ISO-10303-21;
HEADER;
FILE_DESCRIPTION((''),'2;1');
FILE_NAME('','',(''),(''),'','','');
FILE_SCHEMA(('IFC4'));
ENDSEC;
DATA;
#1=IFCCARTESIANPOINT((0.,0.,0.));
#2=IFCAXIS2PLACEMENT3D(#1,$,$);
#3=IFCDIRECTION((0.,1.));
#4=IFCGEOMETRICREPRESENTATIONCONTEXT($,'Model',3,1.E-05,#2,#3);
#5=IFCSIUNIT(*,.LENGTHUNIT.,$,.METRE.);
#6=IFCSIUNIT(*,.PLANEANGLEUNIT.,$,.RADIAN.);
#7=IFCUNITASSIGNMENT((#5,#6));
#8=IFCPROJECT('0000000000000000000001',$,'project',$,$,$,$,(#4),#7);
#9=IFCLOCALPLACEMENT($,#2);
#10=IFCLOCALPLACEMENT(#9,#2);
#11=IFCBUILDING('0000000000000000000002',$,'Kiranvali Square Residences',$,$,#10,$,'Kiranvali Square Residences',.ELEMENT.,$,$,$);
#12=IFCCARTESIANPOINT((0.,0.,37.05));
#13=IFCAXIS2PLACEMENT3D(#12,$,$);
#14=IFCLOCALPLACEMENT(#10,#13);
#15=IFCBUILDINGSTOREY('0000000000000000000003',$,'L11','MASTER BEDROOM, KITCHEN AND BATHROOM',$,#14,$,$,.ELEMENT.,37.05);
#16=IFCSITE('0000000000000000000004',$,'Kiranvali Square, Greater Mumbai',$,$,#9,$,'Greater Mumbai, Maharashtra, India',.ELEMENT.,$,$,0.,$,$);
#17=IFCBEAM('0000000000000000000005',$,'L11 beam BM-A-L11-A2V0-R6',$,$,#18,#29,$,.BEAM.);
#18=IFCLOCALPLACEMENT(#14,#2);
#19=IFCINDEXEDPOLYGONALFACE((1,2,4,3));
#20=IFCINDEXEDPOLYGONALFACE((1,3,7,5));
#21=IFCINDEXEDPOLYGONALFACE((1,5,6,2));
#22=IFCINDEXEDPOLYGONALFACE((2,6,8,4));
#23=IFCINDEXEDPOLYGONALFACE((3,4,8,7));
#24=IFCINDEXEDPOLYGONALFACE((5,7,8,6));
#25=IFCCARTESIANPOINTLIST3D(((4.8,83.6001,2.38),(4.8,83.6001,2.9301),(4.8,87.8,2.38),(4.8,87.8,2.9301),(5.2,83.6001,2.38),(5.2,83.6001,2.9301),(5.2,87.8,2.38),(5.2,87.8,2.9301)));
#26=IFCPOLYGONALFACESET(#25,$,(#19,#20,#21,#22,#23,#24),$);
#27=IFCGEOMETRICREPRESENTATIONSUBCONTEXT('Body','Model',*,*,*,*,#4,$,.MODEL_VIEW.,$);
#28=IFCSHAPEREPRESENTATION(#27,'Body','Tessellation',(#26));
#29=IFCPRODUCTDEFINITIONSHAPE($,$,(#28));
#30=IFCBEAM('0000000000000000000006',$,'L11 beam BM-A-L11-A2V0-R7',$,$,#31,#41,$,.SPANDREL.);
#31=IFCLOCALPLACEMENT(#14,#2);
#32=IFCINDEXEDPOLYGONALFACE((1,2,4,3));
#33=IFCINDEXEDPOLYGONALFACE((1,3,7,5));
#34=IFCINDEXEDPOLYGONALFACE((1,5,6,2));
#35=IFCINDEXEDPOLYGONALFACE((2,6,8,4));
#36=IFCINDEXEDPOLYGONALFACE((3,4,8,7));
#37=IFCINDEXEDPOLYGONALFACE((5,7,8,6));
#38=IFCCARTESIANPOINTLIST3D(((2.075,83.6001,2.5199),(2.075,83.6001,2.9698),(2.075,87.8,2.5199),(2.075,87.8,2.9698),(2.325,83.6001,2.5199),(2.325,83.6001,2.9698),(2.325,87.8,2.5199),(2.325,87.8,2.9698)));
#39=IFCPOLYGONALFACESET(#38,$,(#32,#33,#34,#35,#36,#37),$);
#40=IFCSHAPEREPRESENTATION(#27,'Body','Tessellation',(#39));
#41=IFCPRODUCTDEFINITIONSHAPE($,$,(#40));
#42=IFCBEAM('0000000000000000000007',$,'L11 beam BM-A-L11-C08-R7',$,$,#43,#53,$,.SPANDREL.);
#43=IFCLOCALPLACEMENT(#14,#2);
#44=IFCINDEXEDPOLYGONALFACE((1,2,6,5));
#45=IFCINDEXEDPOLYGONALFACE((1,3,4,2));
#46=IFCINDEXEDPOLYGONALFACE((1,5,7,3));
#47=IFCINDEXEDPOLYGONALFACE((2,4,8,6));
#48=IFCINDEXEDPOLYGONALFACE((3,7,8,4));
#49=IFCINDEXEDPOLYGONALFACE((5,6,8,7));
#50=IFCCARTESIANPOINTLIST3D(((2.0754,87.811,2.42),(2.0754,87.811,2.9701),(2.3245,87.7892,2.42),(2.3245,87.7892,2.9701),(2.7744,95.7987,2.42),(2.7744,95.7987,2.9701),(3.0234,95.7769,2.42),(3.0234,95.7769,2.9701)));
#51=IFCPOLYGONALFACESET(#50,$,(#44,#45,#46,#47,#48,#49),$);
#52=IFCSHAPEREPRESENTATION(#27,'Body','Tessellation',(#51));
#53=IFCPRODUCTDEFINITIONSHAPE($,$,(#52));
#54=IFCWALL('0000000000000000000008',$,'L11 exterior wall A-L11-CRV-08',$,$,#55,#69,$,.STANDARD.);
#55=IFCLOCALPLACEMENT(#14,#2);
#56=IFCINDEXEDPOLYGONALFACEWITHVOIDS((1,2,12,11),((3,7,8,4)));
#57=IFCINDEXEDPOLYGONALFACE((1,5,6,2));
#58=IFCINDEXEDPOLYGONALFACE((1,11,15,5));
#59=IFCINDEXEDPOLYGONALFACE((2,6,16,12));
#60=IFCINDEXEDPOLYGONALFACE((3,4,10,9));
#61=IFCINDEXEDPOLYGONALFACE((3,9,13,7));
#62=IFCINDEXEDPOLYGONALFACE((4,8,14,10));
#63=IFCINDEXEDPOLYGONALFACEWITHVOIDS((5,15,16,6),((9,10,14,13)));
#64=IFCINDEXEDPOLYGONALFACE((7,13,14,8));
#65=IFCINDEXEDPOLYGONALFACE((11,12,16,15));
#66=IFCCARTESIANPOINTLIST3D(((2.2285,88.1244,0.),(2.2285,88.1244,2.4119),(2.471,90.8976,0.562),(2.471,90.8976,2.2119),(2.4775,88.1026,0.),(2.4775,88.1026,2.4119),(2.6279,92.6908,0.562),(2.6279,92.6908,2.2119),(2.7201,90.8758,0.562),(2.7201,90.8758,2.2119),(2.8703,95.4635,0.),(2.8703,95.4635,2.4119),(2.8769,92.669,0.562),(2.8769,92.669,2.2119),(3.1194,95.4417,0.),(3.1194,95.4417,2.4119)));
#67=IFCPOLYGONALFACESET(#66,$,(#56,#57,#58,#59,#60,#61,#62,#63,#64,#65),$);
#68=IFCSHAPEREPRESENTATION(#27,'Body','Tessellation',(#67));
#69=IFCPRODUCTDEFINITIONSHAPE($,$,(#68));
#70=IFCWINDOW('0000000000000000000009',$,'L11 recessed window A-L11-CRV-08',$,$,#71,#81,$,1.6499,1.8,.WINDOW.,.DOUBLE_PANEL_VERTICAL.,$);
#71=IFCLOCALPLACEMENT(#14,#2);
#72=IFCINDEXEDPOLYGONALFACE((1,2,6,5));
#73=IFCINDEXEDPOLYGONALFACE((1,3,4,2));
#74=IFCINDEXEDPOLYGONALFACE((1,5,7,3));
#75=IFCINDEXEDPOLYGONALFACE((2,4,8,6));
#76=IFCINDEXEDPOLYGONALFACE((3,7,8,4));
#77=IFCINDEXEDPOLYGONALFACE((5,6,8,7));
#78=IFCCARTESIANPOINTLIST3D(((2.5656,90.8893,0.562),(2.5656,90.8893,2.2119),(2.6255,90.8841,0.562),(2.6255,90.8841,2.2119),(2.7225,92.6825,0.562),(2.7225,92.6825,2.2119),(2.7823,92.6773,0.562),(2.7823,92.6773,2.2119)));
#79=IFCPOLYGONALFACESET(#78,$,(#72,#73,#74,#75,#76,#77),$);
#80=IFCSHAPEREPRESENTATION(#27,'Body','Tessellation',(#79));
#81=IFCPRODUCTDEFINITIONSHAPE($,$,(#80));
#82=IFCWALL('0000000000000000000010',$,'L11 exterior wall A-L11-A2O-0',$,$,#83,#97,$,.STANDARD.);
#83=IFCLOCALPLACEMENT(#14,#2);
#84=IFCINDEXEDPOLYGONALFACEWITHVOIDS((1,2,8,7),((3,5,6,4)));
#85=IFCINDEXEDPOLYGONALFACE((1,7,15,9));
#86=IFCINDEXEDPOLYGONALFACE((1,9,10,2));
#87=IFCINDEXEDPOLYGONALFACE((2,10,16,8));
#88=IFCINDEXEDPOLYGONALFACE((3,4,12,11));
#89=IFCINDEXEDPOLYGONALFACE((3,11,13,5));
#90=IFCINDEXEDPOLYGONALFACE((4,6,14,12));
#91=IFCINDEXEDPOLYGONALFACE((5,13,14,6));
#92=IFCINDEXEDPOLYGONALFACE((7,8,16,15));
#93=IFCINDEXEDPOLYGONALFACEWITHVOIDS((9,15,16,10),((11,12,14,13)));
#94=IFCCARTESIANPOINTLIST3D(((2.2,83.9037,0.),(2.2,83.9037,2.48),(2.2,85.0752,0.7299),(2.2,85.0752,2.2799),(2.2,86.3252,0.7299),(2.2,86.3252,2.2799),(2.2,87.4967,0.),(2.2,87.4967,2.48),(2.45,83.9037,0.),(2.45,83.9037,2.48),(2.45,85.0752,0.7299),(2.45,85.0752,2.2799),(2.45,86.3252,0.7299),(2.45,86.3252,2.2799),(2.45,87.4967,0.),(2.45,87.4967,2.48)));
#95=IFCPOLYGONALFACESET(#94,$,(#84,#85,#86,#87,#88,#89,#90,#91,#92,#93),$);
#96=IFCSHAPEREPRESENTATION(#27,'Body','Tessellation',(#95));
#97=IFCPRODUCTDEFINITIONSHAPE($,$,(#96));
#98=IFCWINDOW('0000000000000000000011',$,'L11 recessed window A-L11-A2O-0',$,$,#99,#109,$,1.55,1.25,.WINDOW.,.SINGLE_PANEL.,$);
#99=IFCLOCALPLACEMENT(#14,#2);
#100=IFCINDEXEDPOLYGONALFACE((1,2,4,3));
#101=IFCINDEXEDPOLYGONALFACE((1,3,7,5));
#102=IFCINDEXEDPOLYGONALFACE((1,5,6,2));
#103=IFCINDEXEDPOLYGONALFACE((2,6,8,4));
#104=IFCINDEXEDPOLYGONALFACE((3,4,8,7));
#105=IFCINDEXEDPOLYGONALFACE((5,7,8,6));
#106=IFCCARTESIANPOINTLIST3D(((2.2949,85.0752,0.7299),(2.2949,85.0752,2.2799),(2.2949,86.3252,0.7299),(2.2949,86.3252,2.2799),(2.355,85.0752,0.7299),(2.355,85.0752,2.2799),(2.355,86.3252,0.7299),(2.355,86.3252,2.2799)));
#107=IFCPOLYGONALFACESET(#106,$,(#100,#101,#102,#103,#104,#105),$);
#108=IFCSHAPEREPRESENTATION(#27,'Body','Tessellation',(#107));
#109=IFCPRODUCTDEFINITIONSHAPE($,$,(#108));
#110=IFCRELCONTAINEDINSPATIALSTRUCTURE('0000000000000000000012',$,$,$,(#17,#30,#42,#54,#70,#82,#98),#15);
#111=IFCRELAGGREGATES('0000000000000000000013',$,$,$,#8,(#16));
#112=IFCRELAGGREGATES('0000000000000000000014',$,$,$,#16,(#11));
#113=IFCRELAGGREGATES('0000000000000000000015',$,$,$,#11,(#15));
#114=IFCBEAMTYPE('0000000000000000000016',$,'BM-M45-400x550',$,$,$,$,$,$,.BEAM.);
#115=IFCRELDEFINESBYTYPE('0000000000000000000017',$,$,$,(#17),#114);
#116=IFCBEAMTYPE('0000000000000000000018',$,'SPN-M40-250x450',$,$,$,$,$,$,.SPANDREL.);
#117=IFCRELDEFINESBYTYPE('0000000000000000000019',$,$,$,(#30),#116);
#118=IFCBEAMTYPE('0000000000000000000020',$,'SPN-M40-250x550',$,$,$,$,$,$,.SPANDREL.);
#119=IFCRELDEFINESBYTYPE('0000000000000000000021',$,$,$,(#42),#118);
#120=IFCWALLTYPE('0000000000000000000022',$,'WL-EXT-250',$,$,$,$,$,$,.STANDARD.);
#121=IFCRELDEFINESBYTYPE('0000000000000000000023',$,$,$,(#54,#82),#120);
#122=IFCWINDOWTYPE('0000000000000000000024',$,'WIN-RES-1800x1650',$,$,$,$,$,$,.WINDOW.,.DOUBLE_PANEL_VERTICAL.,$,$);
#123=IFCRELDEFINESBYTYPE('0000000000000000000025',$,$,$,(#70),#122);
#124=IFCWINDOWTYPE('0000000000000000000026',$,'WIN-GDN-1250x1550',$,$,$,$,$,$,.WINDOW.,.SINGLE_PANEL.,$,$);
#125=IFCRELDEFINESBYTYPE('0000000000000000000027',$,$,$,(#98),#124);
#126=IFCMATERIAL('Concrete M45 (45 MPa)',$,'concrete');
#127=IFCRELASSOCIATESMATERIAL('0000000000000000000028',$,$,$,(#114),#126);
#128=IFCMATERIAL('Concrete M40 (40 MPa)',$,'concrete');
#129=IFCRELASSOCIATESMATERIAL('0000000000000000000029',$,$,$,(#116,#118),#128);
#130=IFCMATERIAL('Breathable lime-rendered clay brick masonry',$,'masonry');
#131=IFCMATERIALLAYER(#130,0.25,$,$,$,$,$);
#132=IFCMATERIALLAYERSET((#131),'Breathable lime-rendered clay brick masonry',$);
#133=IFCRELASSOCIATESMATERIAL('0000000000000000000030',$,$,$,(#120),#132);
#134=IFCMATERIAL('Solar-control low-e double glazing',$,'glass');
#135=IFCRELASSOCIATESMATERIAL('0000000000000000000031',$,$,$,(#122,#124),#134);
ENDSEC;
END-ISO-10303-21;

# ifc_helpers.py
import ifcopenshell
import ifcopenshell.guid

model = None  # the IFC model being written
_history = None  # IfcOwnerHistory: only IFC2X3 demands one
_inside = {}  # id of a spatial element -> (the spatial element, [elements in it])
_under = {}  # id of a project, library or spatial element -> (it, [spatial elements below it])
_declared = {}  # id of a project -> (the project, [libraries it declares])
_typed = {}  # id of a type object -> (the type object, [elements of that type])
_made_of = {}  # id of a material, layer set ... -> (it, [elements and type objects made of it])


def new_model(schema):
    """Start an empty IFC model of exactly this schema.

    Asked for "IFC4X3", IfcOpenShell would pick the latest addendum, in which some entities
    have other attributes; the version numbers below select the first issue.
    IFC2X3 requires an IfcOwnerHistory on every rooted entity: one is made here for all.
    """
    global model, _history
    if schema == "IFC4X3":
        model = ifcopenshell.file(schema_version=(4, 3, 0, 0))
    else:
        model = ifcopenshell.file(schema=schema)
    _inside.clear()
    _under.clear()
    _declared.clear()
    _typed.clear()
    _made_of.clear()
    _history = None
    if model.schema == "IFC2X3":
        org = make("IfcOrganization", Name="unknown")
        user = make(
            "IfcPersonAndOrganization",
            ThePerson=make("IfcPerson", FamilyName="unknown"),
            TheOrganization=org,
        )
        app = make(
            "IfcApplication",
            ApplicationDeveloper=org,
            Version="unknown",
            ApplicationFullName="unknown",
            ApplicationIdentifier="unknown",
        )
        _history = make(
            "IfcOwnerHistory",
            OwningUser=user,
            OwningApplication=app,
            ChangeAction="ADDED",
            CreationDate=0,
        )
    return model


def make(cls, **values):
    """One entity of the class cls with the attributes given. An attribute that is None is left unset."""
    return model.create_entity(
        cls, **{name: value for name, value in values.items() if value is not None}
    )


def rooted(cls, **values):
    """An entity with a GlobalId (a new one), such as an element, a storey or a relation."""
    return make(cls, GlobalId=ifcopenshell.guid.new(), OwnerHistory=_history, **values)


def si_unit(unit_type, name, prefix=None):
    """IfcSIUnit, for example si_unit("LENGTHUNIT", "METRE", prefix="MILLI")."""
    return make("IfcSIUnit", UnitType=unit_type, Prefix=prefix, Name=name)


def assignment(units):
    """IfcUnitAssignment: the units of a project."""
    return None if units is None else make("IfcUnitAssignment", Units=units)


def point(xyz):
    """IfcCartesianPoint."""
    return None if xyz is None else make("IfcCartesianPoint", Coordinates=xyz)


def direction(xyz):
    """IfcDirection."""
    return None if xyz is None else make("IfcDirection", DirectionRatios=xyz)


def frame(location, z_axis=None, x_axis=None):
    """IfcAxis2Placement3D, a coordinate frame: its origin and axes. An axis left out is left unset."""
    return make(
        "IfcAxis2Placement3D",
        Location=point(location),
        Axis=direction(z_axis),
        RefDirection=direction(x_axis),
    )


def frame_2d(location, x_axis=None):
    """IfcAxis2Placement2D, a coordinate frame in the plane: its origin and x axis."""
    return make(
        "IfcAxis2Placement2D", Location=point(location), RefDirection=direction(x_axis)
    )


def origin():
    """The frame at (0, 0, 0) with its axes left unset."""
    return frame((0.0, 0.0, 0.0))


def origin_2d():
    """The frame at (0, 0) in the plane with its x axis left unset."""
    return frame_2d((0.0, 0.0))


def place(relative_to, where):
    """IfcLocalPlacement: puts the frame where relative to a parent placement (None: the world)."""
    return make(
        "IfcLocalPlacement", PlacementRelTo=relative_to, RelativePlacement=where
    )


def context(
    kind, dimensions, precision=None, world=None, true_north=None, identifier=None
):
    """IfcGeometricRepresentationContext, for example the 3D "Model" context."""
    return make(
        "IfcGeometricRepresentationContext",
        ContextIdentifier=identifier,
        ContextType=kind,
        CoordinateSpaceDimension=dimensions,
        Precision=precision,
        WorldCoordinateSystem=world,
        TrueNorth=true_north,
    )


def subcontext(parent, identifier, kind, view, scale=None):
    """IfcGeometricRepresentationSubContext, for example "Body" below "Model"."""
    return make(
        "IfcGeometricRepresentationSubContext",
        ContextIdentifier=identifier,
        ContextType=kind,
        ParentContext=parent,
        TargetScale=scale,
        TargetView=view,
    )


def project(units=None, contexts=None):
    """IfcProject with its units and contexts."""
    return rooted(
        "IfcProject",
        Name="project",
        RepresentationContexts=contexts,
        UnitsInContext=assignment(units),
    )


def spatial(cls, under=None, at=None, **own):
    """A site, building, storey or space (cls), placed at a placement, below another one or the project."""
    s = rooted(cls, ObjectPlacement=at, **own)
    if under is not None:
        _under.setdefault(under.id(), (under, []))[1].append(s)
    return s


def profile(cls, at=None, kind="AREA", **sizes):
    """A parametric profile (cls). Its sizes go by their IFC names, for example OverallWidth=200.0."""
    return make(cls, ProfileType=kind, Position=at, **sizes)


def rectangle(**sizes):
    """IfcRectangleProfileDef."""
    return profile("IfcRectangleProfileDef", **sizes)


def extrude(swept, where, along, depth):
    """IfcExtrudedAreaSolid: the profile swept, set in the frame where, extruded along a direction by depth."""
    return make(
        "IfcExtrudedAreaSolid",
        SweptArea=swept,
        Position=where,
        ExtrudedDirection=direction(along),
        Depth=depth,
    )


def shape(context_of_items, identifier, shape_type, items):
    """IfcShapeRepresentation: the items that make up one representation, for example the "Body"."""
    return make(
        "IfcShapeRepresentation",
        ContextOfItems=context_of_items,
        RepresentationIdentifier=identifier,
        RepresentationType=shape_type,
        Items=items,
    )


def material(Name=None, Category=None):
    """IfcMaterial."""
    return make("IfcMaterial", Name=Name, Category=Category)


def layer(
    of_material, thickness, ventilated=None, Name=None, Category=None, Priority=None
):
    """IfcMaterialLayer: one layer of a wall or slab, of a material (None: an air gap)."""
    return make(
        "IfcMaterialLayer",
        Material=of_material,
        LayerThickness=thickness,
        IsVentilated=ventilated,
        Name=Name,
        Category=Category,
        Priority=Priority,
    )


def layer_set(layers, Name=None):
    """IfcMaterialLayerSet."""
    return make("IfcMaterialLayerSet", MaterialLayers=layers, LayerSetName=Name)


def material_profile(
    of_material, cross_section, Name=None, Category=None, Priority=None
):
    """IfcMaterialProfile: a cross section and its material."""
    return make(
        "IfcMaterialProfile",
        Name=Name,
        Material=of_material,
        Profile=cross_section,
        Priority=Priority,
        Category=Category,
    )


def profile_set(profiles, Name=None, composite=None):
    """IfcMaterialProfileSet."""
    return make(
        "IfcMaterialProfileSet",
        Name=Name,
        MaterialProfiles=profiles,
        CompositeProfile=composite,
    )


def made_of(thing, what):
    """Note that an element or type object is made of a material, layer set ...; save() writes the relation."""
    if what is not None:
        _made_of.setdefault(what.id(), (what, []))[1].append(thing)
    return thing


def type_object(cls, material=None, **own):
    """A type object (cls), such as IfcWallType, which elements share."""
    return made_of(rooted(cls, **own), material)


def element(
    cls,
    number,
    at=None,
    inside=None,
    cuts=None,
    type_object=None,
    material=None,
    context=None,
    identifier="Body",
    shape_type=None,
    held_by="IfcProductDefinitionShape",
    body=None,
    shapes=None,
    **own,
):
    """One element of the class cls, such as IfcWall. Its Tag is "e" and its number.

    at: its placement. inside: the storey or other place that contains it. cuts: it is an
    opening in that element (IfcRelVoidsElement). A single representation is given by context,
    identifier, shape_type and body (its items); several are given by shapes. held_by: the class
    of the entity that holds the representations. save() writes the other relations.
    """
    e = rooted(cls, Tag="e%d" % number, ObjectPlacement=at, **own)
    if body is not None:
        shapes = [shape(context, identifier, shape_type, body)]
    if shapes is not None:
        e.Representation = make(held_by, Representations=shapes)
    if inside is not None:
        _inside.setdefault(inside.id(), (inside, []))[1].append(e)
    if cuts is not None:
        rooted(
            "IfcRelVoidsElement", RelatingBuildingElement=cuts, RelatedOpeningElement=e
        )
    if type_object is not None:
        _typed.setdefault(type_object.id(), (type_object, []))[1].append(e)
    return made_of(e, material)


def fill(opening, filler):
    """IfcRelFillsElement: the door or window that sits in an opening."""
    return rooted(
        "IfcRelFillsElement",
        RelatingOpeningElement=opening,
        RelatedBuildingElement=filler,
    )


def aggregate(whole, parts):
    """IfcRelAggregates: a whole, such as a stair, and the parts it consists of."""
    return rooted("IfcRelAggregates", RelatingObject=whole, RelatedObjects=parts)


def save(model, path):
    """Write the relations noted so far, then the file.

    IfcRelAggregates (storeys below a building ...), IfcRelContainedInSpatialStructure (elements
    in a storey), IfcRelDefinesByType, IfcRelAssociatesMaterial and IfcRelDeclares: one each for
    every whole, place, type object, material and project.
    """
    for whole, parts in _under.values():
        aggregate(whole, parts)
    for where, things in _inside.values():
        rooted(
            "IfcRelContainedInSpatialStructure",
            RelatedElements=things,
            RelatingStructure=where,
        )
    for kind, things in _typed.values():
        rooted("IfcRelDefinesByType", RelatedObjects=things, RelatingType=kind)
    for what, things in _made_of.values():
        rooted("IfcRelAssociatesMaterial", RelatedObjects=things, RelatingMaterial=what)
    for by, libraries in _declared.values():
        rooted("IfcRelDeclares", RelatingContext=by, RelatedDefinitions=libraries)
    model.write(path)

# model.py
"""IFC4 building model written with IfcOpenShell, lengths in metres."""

from ifc_helpers import new_model, si_unit, direction, frame, frame_2d, origin, origin_2d, place, context, subcontext, project, spatial, rectangle, extrude, material, layer, layer_set, material_profile, profile_set, type_object, element, fill, save


model = new_model("IFC4")

# Units and contexts
model_context = context("Model", 3, precision=1e-05, world=origin(), true_north=direction((0.0, 1.0)))
body_context = subcontext(model_context, "Body", "Model", "MODEL_VIEW")
ifc_project = project(units=[si_unit("LENGTHUNIT", "METRE"), si_unit("PLANEANGLEUNIT", "RADIAN")], contexts=[model_context])

# Site, building, storey
site_placement = place(None, origin())
site = spatial("IfcSite", under=ifc_project, at=site_placement, Name="Kiranvali Square, Greater Mumbai", LongName="Greater Mumbai, Maharashtra, India", CompositionType="ELEMENT", RefElevation=0.0)
building_placement = place(site_placement, origin())
building = spatial("IfcBuilding", under=site, at=building_placement, Name="Kiranvali Square Residences", LongName="Kiranvali Square Residences", CompositionType="ELEMENT")
storey_placement = place(building_placement, frame((0.0, 0.0, 37.05)))
storey = spatial("IfcBuildingStorey", under=building, at=storey_placement, Name="L11", Description="MASTER BEDROOM, KITCHEN AND BATHROOM", CompositionType="ELEMENT", Elevation=37.05)

# Shared definitions
ifc_material_1 = material(Name="Concrete M40 (40 MPa)", Category="concrete")

# Beams
ifc_material_2 = material(Name="Concrete M45 (45 MPa)", Category="concrete")
ifc_material_profile_1 = material_profile(ifc_material_2, rectangle(XDim=0.3999, YDim=0.55, at=origin_2d()), Name="RC 400x550")
ifc_profile_set_1 = profile_set([ifc_material_profile_1], Name="Concrete M45 (45 MPa)")
beam_type_1 = type_object("IfcBeamType", Name="BM-M45-400x550", PredefinedType="BEAM", material=ifc_profile_set_1)
for number, where, z_axis, x_axis, name in (
    (1, (5.0, 87.8, 2.655), (0.0, -1.0, 0.0), (1.0, 0.0, 0.0), "L11 beam BM-A-L11-A2V0-R6"),
):
    element("IfcBeam", number, at=place(storey_placement, frame(where, z_axis=z_axis, x_axis=x_axis)), inside=storey, type_object=beam_type_1, Name=name, PredefinedType="BEAM", context=body_context, shape_type="SweptSolid", body=[
        extrude(rectangle(XDim=0.3999, YDim=0.55, at=origin_2d()), origin(), (0.0, 0.0, 1.0), 4.2),
    ])
ifc_material_profile_2 = material_profile(ifc_material_1, rectangle(XDim=0.25, YDim=0.45, at=origin_2d()), Name="RC 250x450")
ifc_profile_set_2 = profile_set([ifc_material_profile_2], Name="Concrete M40 (40 MPa)")
beam_type_2 = type_object("IfcBeamType", Name="SPN-M40-250x450", PredefinedType="SPANDREL", material=ifc_profile_set_2)
beam_1_placement = place(storey_placement, frame((2.2, 87.8, 2.7449), z_axis=(0.0, -1.0, 0.0), x_axis=(1.0, 0.0, 0.0)))
element("IfcBeam", 2, at=beam_1_placement, inside=storey, type_object=beam_type_2, Name="L11 beam BM-A-L11-A2V0-R7", PredefinedType="SPANDREL", context=body_context, shape_type="SweptSolid", body=[
    extrude(rectangle(XDim=0.25, YDim=0.45, at=origin_2d()), origin(), (0.0, 0.0, 1.0), 4.2),
])
ifc_material_profile_3 = material_profile(ifc_material_1, rectangle(XDim=0.25, YDim=0.55, at=origin_2d()), Name="RC 250x550")
ifc_profile_set_3 = profile_set([ifc_material_profile_3], Name="Concrete M40 (40 MPa)")
beam_type_3 = type_object("IfcBeamType", Name="SPN-M40-250x550", PredefinedType="SPANDREL", material=ifc_profile_set_3)
beam_2_placement = place(storey_placement, frame((2.8989, 95.7878, 2.6951), z_axis=(-0.087172, -0.996193, 0.0), x_axis=(0.996193, -0.087172, 0.0)))
element("IfcBeam", 3, at=beam_2_placement, inside=storey, type_object=beam_type_3, Name="L11 beam BM-A-L11-C08-R7", PredefinedType="SPANDREL", context=body_context, shape_type="SweptSolid", body=[
    extrude(rectangle(XDim=0.25, YDim=0.55, at=origin_2d()), origin(), (0.0, 0.0, 1.0), 8.0183),
])

# Walls, openings, windows
ifc_material_3 = material(Name="Breathable lime-rendered clay brick masonry", Category="masonry")
ifc_layer = layer(ifc_material_3, 0.25)
ifc_layer_set = layer_set([ifc_layer], Name="Breathable lime-rendered clay brick masonry")
wall_type = type_object("IfcWallType", Name="WL-EXT-250", PredefinedType="STANDARD", material=ifc_layer_set)
wall_1_placement = place(storey_placement, frame((2.9949, 95.4526, 0.0), z_axis=(0.0, 0.0, 1.0), x_axis=(-0.087123, -0.996198, 0.0)))
wall_1 = element("IfcWall", 4, at=wall_1_placement, inside=storey, type_object=wall_type, Name="L11 exterior wall A-L11-CRV-08", PredefinedType="STANDARD", context=body_context, shape_type="SweptSolid", body=[
    extrude(rectangle(XDim=7.3672, YDim=0.25, at=frame_2d((3.6836, 0.0))), origin(), (0.0, 0.0, 1.0), 2.4119),
])
opening_1_placement = place(wall_1_placement, frame((2.7834, 0.0, 0.562)))
opening_1 = element("IfcOpeningElement", 5, at=opening_1_placement, cuts=wall_1, PredefinedType="OPENING", context=body_context, shape_type="SweptSolid", body=[
    extrude(rectangle(XDim=1.8, YDim=1.6499, at=frame_2d((0.8999, 0.825))), frame((0.0, 0.135, 0.0), z_axis=(0.0, -1.0, 0.0), x_axis=(1.0, 0.0, 0.0)), (0.0, 0.0, 1.0), 0.27),
])
ifc_material_4 = material(Name="Solar-control low-e double glazing", Category="glass")
window_type_1 = type_object("IfcWindowType", Name="WIN-RES-1800x1650", PartitioningType="DOUBLE_PANEL_VERTICAL", PredefinedType="WINDOW", material=ifc_material_4)
window_1_placement = place(opening_1_placement, origin())
window_1 = element("IfcWindow", 6, at=window_1_placement, inside=storey, type_object=window_type_1, Name="L11 recessed window A-L11-CRV-08", OverallHeight=1.6499, OverallWidth=1.8, PartitioningType="DOUBLE_PANEL_VERTICAL", PredefinedType="WINDOW", context=body_context, shape_type="SweptSolid", body=[
    extrude(rectangle(XDim=1.8, YDim=1.6499, at=frame_2d((0.8999, 0.825))), frame((0.0, 0.03, 0.0), z_axis=(0.0, -1.0, 0.0), x_axis=(1.0, 0.0, 0.0)), (0.0, 0.0, 1.0), 0.0601),
])
fill(opening_1, window_1)
wall_2_placement = place(storey_placement, frame((2.325, 87.4966, 0.0), z_axis=(0.0, 0.0, 1.0), x_axis=(0.0, -1.0, 0.0)))
wall_2 = element("IfcWall", 7, at=wall_2_placement, inside=storey, type_object=wall_type, Name="L11 exterior wall A-L11-A2O-0", PredefinedType="STANDARD", context=body_context, shape_type="SweptSolid", body=[
    extrude(rectangle(XDim=3.593, YDim=0.25, at=frame_2d((1.7964, 0.0))), origin(), (0.0, 0.0, 1.0), 2.48),
])
opening_2_placement = place(wall_2_placement, frame((1.1714, 0.0, 0.73)))
opening_2 = element("IfcOpeningElement", 8, at=opening_2_placement, cuts=wall_2, PredefinedType="OPENING", context=body_context, shape_type="SweptSolid", body=[
    extrude(rectangle(XDim=1.25, YDim=1.55, at=frame_2d((0.625, 0.7749))), frame((0.0, 0.135, 0.0), z_axis=(0.0, -1.0, 0.0), x_axis=(1.0, 0.0, 0.0)), (0.0, 0.0, 1.0), 0.27),
])
window_type_2 = type_object("IfcWindowType", Name="WIN-GDN-1250x1550", PartitioningType="SINGLE_PANEL", PredefinedType="WINDOW", material=ifc_material_4)
window_2_placement = place(opening_2_placement, origin())
window_2 = element("IfcWindow", 9, at=window_2_placement, inside=storey, type_object=window_type_2, Name="L11 recessed window A-L11-A2O-0", OverallHeight=1.55, OverallWidth=1.25, PartitioningType="SINGLE_PANEL", PredefinedType="WINDOW", context=body_context, shape_type="SweptSolid", body=[
    extrude(rectangle(XDim=1.25, YDim=1.55, at=frame_2d((0.625, 0.7749))), frame((0.0, 0.03, 0.0), z_axis=(0.0, -1.0, 0.0), x_axis=(1.0, 0.0, 0.0)), (0.0, 0.0, 1.0), 0.0601),
])
fill(opening_2, window_2)

save(model, "model.ifc")
